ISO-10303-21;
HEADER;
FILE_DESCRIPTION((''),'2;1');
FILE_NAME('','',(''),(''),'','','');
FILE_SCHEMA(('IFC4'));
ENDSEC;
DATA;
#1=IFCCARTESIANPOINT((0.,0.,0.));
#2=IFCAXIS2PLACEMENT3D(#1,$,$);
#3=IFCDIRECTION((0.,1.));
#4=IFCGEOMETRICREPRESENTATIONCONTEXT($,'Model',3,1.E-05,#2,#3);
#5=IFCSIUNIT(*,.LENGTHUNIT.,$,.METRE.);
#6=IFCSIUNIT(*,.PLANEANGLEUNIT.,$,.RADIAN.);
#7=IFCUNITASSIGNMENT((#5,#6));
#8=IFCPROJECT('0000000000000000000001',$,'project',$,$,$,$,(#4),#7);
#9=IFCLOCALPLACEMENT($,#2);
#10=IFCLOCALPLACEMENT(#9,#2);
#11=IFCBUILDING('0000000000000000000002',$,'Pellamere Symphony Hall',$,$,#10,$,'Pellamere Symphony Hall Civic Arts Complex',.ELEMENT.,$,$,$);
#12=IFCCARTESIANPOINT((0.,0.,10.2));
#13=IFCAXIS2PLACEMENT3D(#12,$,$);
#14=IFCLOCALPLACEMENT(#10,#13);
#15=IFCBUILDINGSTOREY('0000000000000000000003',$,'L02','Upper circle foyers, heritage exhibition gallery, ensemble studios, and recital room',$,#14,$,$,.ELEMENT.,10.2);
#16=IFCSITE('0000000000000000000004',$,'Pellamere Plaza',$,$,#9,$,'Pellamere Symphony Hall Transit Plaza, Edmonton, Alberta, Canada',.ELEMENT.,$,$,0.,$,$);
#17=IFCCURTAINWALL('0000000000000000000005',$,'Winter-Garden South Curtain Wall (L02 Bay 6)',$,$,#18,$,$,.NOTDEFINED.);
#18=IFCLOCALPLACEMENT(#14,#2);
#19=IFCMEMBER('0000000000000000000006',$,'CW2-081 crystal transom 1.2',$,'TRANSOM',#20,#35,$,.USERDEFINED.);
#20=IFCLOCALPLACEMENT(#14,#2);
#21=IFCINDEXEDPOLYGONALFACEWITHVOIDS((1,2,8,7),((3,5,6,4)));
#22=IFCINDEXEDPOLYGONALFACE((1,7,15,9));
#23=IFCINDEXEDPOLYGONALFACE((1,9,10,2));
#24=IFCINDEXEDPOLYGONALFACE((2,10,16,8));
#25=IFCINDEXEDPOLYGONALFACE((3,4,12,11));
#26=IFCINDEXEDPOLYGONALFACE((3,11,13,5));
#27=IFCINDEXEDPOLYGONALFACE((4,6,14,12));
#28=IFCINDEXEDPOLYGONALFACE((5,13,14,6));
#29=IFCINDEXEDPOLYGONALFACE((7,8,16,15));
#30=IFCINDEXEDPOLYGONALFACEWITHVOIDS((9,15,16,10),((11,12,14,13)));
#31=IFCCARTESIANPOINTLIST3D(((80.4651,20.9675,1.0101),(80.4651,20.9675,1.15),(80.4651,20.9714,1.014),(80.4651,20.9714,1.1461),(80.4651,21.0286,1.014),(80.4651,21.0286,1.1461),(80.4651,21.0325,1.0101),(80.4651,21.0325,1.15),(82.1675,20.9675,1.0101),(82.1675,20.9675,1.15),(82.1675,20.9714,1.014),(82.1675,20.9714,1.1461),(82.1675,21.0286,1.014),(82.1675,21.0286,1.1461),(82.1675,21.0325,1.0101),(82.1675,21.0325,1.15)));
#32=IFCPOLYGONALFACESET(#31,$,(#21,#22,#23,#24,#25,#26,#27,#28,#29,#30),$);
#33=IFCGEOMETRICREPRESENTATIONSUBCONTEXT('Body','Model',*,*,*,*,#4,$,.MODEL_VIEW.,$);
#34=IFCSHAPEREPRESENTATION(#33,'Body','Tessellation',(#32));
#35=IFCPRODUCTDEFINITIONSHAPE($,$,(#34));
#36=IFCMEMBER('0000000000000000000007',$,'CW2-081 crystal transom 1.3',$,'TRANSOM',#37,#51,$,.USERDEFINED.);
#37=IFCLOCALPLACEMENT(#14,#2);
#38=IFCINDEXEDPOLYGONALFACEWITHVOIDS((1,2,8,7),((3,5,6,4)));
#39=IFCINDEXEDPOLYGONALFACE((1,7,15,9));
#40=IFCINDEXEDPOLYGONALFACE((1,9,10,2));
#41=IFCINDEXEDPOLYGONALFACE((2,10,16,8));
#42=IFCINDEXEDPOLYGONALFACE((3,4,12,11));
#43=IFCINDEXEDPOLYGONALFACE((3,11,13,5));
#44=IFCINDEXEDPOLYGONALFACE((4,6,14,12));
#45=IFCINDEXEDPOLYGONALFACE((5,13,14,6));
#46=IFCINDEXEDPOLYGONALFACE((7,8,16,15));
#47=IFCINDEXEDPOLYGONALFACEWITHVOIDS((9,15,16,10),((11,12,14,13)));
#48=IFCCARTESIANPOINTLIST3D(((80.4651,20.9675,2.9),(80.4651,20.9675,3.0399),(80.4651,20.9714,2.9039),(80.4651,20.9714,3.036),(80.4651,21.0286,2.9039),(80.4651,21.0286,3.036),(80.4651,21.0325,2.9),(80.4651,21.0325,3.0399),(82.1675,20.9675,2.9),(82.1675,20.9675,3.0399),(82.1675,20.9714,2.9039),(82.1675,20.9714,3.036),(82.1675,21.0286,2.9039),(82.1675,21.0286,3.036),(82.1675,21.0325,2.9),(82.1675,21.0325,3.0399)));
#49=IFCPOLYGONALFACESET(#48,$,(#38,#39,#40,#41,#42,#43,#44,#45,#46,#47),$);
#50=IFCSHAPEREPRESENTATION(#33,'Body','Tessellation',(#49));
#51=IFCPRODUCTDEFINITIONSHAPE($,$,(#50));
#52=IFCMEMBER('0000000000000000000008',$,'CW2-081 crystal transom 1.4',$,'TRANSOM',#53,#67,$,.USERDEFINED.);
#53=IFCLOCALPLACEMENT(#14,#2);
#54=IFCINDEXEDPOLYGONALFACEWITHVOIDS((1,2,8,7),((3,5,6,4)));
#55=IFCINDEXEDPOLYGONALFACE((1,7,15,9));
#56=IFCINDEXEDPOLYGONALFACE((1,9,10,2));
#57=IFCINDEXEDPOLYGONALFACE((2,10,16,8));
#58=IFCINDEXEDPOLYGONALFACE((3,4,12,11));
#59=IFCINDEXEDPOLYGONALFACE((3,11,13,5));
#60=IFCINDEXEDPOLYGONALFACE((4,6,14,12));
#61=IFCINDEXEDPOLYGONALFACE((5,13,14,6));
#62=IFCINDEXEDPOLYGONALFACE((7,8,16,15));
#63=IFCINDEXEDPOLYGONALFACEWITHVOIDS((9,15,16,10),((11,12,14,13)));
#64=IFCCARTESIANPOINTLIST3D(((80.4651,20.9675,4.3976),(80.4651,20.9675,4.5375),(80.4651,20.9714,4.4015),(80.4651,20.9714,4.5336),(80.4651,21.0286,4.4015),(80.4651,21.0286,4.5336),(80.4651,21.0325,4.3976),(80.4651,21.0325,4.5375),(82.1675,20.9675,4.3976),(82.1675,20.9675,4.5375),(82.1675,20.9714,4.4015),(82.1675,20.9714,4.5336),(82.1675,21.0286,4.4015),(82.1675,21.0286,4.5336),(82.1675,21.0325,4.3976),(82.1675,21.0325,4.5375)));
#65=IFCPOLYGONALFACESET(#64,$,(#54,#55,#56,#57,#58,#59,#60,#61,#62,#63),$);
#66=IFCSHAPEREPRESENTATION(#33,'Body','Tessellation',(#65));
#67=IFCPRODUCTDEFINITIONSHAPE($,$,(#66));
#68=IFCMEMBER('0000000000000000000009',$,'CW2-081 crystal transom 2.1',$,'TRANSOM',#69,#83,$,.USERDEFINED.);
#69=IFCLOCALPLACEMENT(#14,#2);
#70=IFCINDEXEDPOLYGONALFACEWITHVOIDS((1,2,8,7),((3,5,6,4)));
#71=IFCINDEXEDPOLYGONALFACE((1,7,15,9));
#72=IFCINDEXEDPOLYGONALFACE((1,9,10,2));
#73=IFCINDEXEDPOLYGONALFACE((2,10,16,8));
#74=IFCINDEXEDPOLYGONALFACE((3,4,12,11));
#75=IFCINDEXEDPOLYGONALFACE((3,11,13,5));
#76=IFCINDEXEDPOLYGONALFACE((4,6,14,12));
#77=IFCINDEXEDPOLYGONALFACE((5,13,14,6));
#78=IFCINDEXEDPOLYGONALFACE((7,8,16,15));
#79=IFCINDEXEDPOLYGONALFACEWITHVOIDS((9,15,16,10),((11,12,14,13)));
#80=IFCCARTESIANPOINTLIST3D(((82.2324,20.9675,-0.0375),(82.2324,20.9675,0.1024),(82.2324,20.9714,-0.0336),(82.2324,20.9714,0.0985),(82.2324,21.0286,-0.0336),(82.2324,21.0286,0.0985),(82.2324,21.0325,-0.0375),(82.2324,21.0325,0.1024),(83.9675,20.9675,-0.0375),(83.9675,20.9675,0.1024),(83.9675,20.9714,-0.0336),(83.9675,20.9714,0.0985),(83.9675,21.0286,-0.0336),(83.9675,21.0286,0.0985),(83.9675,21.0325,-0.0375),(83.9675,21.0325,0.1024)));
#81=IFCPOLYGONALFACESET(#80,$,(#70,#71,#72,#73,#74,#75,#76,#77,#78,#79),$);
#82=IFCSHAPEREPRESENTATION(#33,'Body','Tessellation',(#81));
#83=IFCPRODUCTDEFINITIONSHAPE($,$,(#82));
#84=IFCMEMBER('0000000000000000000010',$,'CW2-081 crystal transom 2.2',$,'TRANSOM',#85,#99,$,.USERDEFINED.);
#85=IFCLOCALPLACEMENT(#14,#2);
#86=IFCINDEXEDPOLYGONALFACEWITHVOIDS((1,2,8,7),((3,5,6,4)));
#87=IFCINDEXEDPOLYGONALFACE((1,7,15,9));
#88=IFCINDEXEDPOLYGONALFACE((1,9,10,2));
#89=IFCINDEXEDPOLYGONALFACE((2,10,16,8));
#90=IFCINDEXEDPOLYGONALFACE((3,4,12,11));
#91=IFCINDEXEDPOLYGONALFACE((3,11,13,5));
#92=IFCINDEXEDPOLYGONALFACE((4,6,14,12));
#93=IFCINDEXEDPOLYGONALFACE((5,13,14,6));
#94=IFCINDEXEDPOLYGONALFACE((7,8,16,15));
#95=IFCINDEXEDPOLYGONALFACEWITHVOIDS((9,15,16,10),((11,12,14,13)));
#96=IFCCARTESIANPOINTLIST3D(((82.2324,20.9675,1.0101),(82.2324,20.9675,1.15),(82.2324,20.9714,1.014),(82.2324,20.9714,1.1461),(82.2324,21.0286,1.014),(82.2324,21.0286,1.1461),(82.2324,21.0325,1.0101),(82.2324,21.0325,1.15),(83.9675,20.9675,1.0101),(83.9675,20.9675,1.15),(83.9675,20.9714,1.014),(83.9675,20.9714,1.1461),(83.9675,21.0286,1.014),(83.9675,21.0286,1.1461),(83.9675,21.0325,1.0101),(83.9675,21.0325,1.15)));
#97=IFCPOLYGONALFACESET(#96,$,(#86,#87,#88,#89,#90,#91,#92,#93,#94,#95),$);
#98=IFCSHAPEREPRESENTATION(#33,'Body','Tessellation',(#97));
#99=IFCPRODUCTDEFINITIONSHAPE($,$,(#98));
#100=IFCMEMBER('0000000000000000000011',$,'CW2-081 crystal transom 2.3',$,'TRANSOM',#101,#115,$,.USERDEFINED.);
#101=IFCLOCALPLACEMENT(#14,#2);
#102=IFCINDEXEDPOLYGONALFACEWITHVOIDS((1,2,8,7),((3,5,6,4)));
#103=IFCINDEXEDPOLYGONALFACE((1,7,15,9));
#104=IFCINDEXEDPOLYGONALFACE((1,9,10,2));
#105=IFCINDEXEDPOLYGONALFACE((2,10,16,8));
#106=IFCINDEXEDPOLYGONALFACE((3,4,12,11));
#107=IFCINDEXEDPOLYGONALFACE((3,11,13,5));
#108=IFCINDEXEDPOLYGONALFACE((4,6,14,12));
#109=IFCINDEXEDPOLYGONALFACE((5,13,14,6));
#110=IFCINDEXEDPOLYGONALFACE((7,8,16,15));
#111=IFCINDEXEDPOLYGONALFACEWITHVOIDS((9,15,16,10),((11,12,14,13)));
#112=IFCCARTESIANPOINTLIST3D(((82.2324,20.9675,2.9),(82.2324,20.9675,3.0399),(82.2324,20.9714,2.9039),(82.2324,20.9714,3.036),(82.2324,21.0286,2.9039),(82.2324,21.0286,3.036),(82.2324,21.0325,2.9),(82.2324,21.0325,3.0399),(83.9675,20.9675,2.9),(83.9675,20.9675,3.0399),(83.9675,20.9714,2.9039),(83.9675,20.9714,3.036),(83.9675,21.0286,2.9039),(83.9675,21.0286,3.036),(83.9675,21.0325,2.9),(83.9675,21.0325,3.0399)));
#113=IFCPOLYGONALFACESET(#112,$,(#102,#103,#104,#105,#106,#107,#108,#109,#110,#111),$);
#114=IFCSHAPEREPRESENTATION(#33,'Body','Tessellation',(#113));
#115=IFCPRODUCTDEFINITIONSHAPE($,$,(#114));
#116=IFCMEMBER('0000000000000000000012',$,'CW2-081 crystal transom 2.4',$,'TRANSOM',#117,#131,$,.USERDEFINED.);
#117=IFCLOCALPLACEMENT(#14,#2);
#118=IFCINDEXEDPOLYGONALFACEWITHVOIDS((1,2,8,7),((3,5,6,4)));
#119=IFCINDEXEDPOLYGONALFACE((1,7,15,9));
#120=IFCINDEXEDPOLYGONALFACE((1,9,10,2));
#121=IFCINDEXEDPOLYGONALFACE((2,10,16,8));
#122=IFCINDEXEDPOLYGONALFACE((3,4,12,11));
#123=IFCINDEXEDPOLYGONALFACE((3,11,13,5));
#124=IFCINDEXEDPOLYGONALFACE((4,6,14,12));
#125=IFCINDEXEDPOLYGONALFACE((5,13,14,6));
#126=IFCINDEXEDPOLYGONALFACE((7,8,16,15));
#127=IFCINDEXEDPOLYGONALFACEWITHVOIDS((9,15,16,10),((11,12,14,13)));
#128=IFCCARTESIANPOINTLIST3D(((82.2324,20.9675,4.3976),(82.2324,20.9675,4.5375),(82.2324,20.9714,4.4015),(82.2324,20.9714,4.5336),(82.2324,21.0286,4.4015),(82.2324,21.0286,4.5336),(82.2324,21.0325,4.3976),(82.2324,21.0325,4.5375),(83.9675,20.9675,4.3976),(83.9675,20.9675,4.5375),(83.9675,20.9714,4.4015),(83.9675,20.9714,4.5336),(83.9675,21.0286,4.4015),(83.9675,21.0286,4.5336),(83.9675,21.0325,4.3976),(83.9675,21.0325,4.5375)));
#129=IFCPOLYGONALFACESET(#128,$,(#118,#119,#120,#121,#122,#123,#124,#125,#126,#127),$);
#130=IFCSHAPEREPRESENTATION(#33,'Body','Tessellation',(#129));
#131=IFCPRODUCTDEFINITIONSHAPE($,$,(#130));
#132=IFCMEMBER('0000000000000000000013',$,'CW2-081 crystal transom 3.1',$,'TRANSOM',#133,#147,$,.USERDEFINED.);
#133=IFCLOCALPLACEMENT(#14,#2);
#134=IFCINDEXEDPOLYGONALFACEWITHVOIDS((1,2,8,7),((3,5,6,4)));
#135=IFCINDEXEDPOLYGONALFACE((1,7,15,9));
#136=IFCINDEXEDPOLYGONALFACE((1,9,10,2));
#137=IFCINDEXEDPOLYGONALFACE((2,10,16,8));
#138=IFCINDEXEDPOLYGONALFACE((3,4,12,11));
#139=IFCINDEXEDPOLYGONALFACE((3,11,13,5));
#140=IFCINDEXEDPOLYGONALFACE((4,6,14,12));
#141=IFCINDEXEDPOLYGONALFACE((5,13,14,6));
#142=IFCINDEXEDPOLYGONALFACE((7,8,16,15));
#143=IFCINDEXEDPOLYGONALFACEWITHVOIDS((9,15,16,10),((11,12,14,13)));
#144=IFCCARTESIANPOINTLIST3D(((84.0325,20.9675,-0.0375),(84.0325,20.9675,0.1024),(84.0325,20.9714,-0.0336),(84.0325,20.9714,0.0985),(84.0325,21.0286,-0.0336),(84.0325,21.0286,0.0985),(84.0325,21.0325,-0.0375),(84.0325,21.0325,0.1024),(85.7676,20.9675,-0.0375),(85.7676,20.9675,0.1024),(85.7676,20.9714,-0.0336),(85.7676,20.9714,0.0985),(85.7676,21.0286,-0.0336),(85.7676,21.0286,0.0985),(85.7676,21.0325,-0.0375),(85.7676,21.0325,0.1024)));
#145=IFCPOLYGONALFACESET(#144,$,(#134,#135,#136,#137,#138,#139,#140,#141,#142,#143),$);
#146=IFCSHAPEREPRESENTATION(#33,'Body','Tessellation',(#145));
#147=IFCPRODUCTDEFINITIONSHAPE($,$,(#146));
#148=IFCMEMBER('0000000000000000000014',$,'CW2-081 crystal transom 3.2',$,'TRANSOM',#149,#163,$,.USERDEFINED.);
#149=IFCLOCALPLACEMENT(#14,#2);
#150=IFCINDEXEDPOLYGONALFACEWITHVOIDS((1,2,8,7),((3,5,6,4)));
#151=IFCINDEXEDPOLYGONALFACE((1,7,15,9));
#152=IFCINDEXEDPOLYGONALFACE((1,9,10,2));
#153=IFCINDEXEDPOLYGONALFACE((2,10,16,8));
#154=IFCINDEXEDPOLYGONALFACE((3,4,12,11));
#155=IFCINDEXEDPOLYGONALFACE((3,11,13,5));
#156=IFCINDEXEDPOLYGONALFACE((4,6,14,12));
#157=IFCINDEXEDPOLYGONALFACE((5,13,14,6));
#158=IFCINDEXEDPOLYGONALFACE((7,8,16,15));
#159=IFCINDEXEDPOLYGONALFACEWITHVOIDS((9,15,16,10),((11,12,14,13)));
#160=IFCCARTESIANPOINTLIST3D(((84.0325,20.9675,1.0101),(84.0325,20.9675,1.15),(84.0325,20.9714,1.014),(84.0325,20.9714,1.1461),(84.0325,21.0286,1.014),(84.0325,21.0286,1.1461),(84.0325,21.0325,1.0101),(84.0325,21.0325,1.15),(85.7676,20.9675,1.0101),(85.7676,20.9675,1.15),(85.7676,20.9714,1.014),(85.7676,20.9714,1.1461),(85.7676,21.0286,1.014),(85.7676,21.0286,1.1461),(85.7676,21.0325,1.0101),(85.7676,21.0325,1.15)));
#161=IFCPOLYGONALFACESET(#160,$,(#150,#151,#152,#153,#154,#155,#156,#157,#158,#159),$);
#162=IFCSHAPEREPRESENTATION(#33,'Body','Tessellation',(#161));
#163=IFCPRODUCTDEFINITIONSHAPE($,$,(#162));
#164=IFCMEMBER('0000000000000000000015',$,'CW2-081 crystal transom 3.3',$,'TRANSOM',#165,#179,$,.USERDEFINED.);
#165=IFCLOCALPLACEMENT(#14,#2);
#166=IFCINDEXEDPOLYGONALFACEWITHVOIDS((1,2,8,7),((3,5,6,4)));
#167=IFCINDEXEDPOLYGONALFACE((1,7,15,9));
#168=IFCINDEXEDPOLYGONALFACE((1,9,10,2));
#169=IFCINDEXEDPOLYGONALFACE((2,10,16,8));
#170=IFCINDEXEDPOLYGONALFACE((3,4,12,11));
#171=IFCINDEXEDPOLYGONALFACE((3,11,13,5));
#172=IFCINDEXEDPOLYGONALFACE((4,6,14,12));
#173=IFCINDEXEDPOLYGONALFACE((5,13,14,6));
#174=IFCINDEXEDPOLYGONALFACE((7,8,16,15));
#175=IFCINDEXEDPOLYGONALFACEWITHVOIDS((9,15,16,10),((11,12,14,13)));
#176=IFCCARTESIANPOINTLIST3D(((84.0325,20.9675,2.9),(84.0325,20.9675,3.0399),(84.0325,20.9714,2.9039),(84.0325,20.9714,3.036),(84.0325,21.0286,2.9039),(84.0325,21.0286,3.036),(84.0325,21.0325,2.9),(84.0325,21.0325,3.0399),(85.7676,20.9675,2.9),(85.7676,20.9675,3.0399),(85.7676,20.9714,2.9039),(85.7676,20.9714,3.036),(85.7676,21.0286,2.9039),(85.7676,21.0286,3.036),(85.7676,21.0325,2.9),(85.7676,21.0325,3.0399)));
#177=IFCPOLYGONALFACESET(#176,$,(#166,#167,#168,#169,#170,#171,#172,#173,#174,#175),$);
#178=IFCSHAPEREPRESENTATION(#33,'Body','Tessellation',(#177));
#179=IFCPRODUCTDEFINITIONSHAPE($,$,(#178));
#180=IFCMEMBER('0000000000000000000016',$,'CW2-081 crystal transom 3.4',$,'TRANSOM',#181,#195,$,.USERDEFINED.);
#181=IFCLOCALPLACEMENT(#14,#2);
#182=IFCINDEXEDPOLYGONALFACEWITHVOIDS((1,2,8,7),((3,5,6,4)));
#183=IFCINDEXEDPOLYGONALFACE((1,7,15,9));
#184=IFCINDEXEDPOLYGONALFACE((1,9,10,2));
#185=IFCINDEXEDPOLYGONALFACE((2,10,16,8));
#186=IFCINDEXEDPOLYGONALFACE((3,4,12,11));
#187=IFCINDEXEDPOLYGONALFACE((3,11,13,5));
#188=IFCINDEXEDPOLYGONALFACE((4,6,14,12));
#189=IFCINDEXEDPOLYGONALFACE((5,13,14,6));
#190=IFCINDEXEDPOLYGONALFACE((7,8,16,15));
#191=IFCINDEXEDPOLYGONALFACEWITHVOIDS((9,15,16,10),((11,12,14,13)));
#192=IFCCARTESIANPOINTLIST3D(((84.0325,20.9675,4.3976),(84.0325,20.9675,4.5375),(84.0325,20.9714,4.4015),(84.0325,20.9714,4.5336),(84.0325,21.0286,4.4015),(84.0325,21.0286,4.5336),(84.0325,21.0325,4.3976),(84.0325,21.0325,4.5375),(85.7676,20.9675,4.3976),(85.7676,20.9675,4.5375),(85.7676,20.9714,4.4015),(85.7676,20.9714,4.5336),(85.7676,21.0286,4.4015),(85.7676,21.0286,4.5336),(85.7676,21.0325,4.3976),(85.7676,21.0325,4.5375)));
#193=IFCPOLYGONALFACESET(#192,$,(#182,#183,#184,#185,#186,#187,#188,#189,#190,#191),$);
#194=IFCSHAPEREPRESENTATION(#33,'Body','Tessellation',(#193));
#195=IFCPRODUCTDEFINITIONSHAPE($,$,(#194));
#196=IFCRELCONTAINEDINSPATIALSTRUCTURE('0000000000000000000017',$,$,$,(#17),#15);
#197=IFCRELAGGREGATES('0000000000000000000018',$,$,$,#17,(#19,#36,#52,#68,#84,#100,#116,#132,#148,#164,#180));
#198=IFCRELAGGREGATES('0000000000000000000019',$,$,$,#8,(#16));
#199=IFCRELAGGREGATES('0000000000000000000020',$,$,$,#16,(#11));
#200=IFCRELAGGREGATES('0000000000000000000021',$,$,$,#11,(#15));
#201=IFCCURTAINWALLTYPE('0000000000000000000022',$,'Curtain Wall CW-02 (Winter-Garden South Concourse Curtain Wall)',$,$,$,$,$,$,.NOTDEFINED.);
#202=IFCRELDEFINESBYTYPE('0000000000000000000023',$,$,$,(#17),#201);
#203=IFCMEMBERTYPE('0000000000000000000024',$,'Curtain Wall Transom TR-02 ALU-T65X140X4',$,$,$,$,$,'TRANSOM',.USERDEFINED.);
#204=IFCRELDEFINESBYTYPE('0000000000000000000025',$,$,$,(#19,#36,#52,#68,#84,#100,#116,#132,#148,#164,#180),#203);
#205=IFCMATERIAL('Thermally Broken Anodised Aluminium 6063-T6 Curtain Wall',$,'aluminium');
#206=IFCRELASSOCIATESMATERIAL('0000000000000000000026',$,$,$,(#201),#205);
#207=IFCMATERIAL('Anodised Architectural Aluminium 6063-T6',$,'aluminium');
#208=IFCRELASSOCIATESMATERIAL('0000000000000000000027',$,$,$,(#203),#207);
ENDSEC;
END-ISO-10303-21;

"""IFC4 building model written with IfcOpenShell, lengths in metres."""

from ifc_helpers import new_model, si_unit, direction, frame, origin, origin_2d, place, context, subcontext, project, spatial, hollow_rectangle, extrude, material, material_profile, profile_set, type_object, element, aggregate, save


model = new_model("IFC4")

# Units and contexts
model_context = context("Model", 3, precision=1e-05, world=origin(), true_north=direction((0.0, 1.0)))
body_context = subcontext(model_context, "Body", "Model", "MODEL_VIEW")
ifc_project = project(units=[si_unit("LENGTHUNIT", "METRE"), si_unit("PLANEANGLEUNIT", "RADIAN")], contexts=[model_context])

# Site, building, storey
site_placement = place(None, origin())
site = spatial("IfcSite", under=ifc_project, at=site_placement, Name="Pellamere Plaza", LongName="Pellamere Symphony Hall Transit Plaza, Edmonton, Alberta, Canada", CompositionType="ELEMENT", RefElevation=0.0)
building_placement = place(site_placement, origin())
building = spatial("IfcBuilding", under=site, at=building_placement, Name="Pellamere Symphony Hall", LongName="Pellamere Symphony Hall Civic Arts Complex", CompositionType="ELEMENT")
storey_placement = place(building_placement, frame((0.0, 0.0, 10.2)))
storey = spatial("IfcBuildingStorey", under=building, at=storey_placement, Name="L02", Description="Upper circle foyers, heritage exhibition gallery, ensemble studios, and recital room", CompositionType="ELEMENT", Elevation=10.2)

# Curtain wall
ifc_material_1 = material(Name="Thermally Broken Anodised Aluminium 6063-T6 Curtain Wall", Category="aluminium")
curtain_wall_type = type_object("IfcCurtainWallType", Name="Curtain Wall CW-02 (Winter-Garden South Concourse Curtain Wall)", PredefinedType="NOTDEFINED", material=ifc_material_1)
ifc_material_2 = material(Name="Anodised Architectural Aluminium 6063-T6", Category="aluminium")
curtain_wall_1_placement = place(storey_placement, origin())
curtain_wall_1 = element("IfcCurtainWall", 1, at=curtain_wall_1_placement, inside=storey, type_object=curtain_wall_type, Name="Winter-Garden South Curtain Wall (L02 Bay 6)", PredefinedType="NOTDEFINED")

# Members
ifc_material_profile_1 = material_profile(ifc_material_2, hollow_rectangle(XDim=0.0649, YDim=0.1399, WallThickness=0.0039, at=origin_2d()), Name="ALU-T65X140X4")
ifc_profile_set_1 = profile_set([ifc_material_profile_1], Name="Anodised Architectural Aluminium 6063-T6")
member_type_1 = type_object("IfcMemberType", Name="Curtain Wall Transom TR-02 ALU-T65X140X4", ElementType="TRANSOM", PredefinedType="USERDEFINED", material=ifc_profile_set_1)
member_1_placement = place(storey_placement, frame((80.4651, 21.0, 1.0801), z_axis=(1.0, 0.0, 0.0), x_axis=(0.0, 1.0, 0.0)))
member_1 = element("IfcMember", 2, at=member_1_placement, type_object=member_type_1, Name="CW2-081 crystal transom 1.2", ObjectType="TRANSOM", PredefinedType="USERDEFINED", context=body_context, shape_type="SweptSolid", body=[
    extrude(hollow_rectangle(XDim=0.0649, YDim=0.1399, WallThickness=0.0039, at=origin_2d()), origin(), (0.0, 0.0, 1.0), 1.7024),
])
member_2_placement = place(storey_placement, frame((80.4651, 21.0, 2.97), z_axis=(1.0, 0.0, 0.0), x_axis=(0.0, 1.0, 0.0)))
member_2 = element("IfcMember", 3, at=member_2_placement, type_object=member_type_1, Name="CW2-081 crystal transom 1.3", ObjectType="TRANSOM", PredefinedType="USERDEFINED", context=body_context, shape_type="SweptSolid", body=[
    extrude(hollow_rectangle(XDim=0.0649, YDim=0.1399, WallThickness=0.0039, at=origin_2d()), origin(), (0.0, 0.0, 1.0), 1.7024),
])
member_3_placement = place(storey_placement, frame((80.4651, 21.0, 4.4675), z_axis=(1.0, 0.0, 0.0), x_axis=(0.0, 1.0, 0.0)))
member_3 = element("IfcMember", 4, at=member_3_placement, type_object=member_type_1, Name="CW2-081 crystal transom 1.4", ObjectType="TRANSOM", PredefinedType="USERDEFINED", context=body_context, shape_type="SweptSolid", body=[
    extrude(hollow_rectangle(XDim=0.0649, YDim=0.1399, WallThickness=0.0039, at=origin_2d()), origin(), (0.0, 0.0, 1.0), 1.7024),
])
member_4_placement = place(storey_placement, frame((82.2324, 21.0, 0.0325), z_axis=(1.0, 0.0, 0.0), x_axis=(0.0, 1.0, 0.0)))
member_4 = element("IfcMember", 5, at=member_4_placement, type_object=member_type_1, Name="CW2-081 crystal transom 2.1", ObjectType="TRANSOM", PredefinedType="USERDEFINED", context=body_context, shape_type="SweptSolid", body=[
    extrude(hollow_rectangle(XDim=0.0649, YDim=0.1399, WallThickness=0.0039, at=origin_2d()), origin(), (0.0, 0.0, 1.0), 1.7351),
])
member_5_placement = place(storey_placement, frame((82.2324, 21.0, 1.0801), z_axis=(1.0, 0.0, 0.0), x_axis=(0.0, 1.0, 0.0)))
member_5 = element("IfcMember", 6, at=member_5_placement, type_object=member_type_1, Name="CW2-081 crystal transom 2.2", ObjectType="TRANSOM", PredefinedType="USERDEFINED", context=body_context, shape_type="SweptSolid", body=[
    extrude(hollow_rectangle(XDim=0.0649, YDim=0.1399, WallThickness=0.0039, at=origin_2d()), origin(), (0.0, 0.0, 1.0), 1.7351),
])
member_6_placement = place(storey_placement, frame((82.2324, 21.0, 2.97), z_axis=(1.0, 0.0, 0.0), x_axis=(0.0, 1.0, 0.0)))
member_6 = element("IfcMember", 7, at=member_6_placement, type_object=member_type_1, Name="CW2-081 crystal transom 2.3", ObjectType="TRANSOM", PredefinedType="USERDEFINED", context=body_context, shape_type="SweptSolid", body=[
    extrude(hollow_rectangle(XDim=0.0649, YDim=0.1399, WallThickness=0.0039, at=origin_2d()), origin(), (0.0, 0.0, 1.0), 1.7351),
])
member_7_placement = place(storey_placement, frame((82.2324, 21.0, 4.4675), z_axis=(1.0, 0.0, 0.0), x_axis=(0.0, 1.0, 0.0)))
member_7 = element("IfcMember", 8, at=member_7_placement, type_object=member_type_1, Name="CW2-081 crystal transom 2.4", ObjectType="TRANSOM", PredefinedType="USERDEFINED", context=body_context, shape_type="SweptSolid", body=[
    extrude(hollow_rectangle(XDim=0.0649, YDim=0.1399, WallThickness=0.0039, at=origin_2d()), origin(), (0.0, 0.0, 1.0), 1.7351),
])
member_8_placement = place(storey_placement, frame((84.0325, 21.0, 0.0325), z_axis=(1.0, 0.0, 0.0), x_axis=(0.0, 1.0, 0.0)))
member_8 = element("IfcMember", 9, at=member_8_placement, type_object=member_type_1, Name="CW2-081 crystal transom 3.1", ObjectType="TRANSOM", PredefinedType="USERDEFINED", context=body_context, shape_type="SweptSolid", body=[
    extrude(hollow_rectangle(XDim=0.0649, YDim=0.1399, WallThickness=0.0039, at=origin_2d()), origin(), (0.0, 0.0, 1.0), 1.7351),
])
member_9_placement = place(storey_placement, frame((84.0325, 21.0, 1.0801), z_axis=(1.0, 0.0, 0.0), x_axis=(0.0, 1.0, 0.0)))
member_9 = element("IfcMember", 10, at=member_9_placement, type_object=member_type_1, Name="CW2-081 crystal transom 3.2", ObjectType="TRANSOM", PredefinedType="USERDEFINED", context=body_context, shape_type="SweptSolid", body=[
    extrude(hollow_rectangle(XDim=0.0649, YDim=0.1399, WallThickness=0.0039, at=origin_2d()), origin(), (0.0, 0.0, 1.0), 1.7351),
])
member_10_placement = place(storey_placement, frame((84.0325, 21.0, 2.97), z_axis=(1.0, 0.0, 0.0), x_axis=(0.0, 1.0, 0.0)))
member_10 = element("IfcMember", 11, at=member_10_placement, type_object=member_type_1, Name="CW2-081 crystal transom 3.3", ObjectType="TRANSOM", PredefinedType="USERDEFINED", context=body_context, shape_type="SweptSolid", body=[
    extrude(hollow_rectangle(XDim=0.0649, YDim=0.1399, WallThickness=0.0039, at=origin_2d()), origin(), (0.0, 0.0, 1.0), 1.7351),
])
member_11_placement = place(storey_placement, frame((84.0325, 21.0, 4.4675), z_axis=(1.0, 0.0, 0.0), x_axis=(0.0, 1.0, 0.0)))
member_11 = element("IfcMember", 12, at=member_11_placement, type_object=member_type_1, Name="CW2-081 crystal transom 3.4", ObjectType="TRANSOM", PredefinedType="USERDEFINED", context=body_context, shape_type="SweptSolid", body=[
    extrude(hollow_rectangle(XDim=0.0649, YDim=0.1399, WallThickness=0.0039, at=origin_2d()), origin(), (0.0, 0.0, 1.0), 1.7351),
])

aggregate(curtain_wall_1, [member_1, member_2, member_3, member_4, member_5, member_6, member_7, member_8, member_9, member_10, member_11])

save(model, "model.ifc")
